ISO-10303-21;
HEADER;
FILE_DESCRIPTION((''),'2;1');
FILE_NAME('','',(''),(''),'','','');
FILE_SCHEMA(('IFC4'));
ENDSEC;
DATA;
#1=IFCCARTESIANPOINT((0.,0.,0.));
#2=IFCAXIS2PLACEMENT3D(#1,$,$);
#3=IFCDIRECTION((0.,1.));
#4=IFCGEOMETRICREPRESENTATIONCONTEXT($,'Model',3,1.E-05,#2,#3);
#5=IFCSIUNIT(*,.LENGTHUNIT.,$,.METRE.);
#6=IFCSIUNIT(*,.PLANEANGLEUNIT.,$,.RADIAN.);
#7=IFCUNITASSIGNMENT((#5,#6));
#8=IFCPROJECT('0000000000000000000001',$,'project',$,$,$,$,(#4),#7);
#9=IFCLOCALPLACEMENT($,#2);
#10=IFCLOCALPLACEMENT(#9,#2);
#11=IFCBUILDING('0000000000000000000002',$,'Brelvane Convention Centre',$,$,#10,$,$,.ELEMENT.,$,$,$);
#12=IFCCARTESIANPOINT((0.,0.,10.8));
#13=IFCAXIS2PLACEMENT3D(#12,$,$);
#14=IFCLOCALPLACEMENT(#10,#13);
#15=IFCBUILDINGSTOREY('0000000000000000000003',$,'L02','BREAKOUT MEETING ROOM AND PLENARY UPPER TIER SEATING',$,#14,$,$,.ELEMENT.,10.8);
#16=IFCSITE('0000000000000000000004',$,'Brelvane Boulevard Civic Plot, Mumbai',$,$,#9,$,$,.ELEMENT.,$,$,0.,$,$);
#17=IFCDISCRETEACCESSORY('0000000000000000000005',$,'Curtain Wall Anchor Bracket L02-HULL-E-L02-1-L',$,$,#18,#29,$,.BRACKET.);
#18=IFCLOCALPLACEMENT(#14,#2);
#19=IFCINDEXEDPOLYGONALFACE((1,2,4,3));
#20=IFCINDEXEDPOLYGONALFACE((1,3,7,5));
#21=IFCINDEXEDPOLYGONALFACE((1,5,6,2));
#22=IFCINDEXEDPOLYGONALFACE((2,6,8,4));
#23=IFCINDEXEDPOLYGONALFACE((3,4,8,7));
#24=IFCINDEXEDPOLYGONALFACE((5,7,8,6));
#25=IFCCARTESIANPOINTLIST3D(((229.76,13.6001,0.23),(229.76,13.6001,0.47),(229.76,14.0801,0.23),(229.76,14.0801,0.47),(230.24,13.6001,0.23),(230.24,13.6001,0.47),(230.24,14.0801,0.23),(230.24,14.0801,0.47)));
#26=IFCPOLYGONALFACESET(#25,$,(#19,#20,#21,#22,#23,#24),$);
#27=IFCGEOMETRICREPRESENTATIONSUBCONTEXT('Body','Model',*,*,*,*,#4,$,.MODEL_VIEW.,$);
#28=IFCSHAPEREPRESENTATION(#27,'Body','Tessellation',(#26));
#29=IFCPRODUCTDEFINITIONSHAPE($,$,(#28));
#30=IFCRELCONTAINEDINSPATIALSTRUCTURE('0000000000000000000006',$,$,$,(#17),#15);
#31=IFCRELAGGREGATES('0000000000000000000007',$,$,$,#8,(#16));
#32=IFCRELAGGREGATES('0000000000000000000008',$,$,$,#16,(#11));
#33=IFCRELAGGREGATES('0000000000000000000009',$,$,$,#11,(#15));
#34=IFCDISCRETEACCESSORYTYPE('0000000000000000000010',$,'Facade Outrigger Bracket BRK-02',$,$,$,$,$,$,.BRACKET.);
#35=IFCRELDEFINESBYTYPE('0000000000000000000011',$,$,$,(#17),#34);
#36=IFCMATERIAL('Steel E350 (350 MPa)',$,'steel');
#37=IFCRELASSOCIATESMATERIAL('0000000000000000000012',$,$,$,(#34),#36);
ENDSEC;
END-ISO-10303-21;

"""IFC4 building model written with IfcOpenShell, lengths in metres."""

from ifc_helpers import new_model, si_unit, direction, frame, origin, origin_2d, place, context, subcontext, project, spatial, rectangle, extrude, material, type_object, element, save


model = new_model("IFC4")

# Units and contexts
model_context = context("Model", 3, precision=1e-05, world=origin(), true_north=direction((0.0, 1.0)))
body_context = subcontext(model_context, "Body", "Model", "MODEL_VIEW")
ifc_project = project(units=[si_unit("LENGTHUNIT", "METRE"), si_unit("PLANEANGLEUNIT", "RADIAN")], contexts=[model_context])

# Site, building, storey
site_placement = place(None, origin())
site = spatial("IfcSite", under=ifc_project, at=site_placement, Name="Brelvane Boulevard Civic Plot, Mumbai", CompositionType="ELEMENT", RefElevation=0.0)
building_placement = place(site_placement, origin())
building = spatial("IfcBuilding", under=site, at=building_placement, Name="Brelvane Convention Centre", CompositionType="ELEMENT")
storey_placement = place(building_placement, frame((0.0, 0.0, 10.8)))
storey = spatial("IfcBuildingStorey", under=building, at=storey_placement, Name="L02", Description="BREAKOUT MEETING ROOM AND PLENARY UPPER TIER SEATING", CompositionType="ELEMENT", Elevation=10.8)

# Discrete accessory
ifc_material_1 = material(Name="Steel E350 (350 MPa)", Category="steel")
discrete_accessory_type = type_object("IfcDiscreteAccessoryType", Name="Facade Outrigger Bracket BRK-02", PredefinedType="BRACKET", material=ifc_material_1)
for number, where, z_axis, x_axis, name in (
    (1, (230.0, 13.8401, 0.23), (0.0, 0.0, 1.0), (1.0, 0.0, 0.0), "Curtain Wall Anchor Bracket L02-HULL-E-L02-1-L"),
):
    element("IfcDiscreteAccessory", number, at=place(storey_placement, frame(where, z_axis=z_axis, x_axis=x_axis)), inside=storey, type_object=discrete_accessory_type, Name=name, PredefinedType="BRACKET", context=body_context, shape_type="SweptSolid", body=[
        extrude(rectangle(XDim=0.48, YDim=0.48, at=origin_2d()), origin(), (0.0, 0.0, 1.0), 0.24),
    ])

save(model, "model.ifc")
